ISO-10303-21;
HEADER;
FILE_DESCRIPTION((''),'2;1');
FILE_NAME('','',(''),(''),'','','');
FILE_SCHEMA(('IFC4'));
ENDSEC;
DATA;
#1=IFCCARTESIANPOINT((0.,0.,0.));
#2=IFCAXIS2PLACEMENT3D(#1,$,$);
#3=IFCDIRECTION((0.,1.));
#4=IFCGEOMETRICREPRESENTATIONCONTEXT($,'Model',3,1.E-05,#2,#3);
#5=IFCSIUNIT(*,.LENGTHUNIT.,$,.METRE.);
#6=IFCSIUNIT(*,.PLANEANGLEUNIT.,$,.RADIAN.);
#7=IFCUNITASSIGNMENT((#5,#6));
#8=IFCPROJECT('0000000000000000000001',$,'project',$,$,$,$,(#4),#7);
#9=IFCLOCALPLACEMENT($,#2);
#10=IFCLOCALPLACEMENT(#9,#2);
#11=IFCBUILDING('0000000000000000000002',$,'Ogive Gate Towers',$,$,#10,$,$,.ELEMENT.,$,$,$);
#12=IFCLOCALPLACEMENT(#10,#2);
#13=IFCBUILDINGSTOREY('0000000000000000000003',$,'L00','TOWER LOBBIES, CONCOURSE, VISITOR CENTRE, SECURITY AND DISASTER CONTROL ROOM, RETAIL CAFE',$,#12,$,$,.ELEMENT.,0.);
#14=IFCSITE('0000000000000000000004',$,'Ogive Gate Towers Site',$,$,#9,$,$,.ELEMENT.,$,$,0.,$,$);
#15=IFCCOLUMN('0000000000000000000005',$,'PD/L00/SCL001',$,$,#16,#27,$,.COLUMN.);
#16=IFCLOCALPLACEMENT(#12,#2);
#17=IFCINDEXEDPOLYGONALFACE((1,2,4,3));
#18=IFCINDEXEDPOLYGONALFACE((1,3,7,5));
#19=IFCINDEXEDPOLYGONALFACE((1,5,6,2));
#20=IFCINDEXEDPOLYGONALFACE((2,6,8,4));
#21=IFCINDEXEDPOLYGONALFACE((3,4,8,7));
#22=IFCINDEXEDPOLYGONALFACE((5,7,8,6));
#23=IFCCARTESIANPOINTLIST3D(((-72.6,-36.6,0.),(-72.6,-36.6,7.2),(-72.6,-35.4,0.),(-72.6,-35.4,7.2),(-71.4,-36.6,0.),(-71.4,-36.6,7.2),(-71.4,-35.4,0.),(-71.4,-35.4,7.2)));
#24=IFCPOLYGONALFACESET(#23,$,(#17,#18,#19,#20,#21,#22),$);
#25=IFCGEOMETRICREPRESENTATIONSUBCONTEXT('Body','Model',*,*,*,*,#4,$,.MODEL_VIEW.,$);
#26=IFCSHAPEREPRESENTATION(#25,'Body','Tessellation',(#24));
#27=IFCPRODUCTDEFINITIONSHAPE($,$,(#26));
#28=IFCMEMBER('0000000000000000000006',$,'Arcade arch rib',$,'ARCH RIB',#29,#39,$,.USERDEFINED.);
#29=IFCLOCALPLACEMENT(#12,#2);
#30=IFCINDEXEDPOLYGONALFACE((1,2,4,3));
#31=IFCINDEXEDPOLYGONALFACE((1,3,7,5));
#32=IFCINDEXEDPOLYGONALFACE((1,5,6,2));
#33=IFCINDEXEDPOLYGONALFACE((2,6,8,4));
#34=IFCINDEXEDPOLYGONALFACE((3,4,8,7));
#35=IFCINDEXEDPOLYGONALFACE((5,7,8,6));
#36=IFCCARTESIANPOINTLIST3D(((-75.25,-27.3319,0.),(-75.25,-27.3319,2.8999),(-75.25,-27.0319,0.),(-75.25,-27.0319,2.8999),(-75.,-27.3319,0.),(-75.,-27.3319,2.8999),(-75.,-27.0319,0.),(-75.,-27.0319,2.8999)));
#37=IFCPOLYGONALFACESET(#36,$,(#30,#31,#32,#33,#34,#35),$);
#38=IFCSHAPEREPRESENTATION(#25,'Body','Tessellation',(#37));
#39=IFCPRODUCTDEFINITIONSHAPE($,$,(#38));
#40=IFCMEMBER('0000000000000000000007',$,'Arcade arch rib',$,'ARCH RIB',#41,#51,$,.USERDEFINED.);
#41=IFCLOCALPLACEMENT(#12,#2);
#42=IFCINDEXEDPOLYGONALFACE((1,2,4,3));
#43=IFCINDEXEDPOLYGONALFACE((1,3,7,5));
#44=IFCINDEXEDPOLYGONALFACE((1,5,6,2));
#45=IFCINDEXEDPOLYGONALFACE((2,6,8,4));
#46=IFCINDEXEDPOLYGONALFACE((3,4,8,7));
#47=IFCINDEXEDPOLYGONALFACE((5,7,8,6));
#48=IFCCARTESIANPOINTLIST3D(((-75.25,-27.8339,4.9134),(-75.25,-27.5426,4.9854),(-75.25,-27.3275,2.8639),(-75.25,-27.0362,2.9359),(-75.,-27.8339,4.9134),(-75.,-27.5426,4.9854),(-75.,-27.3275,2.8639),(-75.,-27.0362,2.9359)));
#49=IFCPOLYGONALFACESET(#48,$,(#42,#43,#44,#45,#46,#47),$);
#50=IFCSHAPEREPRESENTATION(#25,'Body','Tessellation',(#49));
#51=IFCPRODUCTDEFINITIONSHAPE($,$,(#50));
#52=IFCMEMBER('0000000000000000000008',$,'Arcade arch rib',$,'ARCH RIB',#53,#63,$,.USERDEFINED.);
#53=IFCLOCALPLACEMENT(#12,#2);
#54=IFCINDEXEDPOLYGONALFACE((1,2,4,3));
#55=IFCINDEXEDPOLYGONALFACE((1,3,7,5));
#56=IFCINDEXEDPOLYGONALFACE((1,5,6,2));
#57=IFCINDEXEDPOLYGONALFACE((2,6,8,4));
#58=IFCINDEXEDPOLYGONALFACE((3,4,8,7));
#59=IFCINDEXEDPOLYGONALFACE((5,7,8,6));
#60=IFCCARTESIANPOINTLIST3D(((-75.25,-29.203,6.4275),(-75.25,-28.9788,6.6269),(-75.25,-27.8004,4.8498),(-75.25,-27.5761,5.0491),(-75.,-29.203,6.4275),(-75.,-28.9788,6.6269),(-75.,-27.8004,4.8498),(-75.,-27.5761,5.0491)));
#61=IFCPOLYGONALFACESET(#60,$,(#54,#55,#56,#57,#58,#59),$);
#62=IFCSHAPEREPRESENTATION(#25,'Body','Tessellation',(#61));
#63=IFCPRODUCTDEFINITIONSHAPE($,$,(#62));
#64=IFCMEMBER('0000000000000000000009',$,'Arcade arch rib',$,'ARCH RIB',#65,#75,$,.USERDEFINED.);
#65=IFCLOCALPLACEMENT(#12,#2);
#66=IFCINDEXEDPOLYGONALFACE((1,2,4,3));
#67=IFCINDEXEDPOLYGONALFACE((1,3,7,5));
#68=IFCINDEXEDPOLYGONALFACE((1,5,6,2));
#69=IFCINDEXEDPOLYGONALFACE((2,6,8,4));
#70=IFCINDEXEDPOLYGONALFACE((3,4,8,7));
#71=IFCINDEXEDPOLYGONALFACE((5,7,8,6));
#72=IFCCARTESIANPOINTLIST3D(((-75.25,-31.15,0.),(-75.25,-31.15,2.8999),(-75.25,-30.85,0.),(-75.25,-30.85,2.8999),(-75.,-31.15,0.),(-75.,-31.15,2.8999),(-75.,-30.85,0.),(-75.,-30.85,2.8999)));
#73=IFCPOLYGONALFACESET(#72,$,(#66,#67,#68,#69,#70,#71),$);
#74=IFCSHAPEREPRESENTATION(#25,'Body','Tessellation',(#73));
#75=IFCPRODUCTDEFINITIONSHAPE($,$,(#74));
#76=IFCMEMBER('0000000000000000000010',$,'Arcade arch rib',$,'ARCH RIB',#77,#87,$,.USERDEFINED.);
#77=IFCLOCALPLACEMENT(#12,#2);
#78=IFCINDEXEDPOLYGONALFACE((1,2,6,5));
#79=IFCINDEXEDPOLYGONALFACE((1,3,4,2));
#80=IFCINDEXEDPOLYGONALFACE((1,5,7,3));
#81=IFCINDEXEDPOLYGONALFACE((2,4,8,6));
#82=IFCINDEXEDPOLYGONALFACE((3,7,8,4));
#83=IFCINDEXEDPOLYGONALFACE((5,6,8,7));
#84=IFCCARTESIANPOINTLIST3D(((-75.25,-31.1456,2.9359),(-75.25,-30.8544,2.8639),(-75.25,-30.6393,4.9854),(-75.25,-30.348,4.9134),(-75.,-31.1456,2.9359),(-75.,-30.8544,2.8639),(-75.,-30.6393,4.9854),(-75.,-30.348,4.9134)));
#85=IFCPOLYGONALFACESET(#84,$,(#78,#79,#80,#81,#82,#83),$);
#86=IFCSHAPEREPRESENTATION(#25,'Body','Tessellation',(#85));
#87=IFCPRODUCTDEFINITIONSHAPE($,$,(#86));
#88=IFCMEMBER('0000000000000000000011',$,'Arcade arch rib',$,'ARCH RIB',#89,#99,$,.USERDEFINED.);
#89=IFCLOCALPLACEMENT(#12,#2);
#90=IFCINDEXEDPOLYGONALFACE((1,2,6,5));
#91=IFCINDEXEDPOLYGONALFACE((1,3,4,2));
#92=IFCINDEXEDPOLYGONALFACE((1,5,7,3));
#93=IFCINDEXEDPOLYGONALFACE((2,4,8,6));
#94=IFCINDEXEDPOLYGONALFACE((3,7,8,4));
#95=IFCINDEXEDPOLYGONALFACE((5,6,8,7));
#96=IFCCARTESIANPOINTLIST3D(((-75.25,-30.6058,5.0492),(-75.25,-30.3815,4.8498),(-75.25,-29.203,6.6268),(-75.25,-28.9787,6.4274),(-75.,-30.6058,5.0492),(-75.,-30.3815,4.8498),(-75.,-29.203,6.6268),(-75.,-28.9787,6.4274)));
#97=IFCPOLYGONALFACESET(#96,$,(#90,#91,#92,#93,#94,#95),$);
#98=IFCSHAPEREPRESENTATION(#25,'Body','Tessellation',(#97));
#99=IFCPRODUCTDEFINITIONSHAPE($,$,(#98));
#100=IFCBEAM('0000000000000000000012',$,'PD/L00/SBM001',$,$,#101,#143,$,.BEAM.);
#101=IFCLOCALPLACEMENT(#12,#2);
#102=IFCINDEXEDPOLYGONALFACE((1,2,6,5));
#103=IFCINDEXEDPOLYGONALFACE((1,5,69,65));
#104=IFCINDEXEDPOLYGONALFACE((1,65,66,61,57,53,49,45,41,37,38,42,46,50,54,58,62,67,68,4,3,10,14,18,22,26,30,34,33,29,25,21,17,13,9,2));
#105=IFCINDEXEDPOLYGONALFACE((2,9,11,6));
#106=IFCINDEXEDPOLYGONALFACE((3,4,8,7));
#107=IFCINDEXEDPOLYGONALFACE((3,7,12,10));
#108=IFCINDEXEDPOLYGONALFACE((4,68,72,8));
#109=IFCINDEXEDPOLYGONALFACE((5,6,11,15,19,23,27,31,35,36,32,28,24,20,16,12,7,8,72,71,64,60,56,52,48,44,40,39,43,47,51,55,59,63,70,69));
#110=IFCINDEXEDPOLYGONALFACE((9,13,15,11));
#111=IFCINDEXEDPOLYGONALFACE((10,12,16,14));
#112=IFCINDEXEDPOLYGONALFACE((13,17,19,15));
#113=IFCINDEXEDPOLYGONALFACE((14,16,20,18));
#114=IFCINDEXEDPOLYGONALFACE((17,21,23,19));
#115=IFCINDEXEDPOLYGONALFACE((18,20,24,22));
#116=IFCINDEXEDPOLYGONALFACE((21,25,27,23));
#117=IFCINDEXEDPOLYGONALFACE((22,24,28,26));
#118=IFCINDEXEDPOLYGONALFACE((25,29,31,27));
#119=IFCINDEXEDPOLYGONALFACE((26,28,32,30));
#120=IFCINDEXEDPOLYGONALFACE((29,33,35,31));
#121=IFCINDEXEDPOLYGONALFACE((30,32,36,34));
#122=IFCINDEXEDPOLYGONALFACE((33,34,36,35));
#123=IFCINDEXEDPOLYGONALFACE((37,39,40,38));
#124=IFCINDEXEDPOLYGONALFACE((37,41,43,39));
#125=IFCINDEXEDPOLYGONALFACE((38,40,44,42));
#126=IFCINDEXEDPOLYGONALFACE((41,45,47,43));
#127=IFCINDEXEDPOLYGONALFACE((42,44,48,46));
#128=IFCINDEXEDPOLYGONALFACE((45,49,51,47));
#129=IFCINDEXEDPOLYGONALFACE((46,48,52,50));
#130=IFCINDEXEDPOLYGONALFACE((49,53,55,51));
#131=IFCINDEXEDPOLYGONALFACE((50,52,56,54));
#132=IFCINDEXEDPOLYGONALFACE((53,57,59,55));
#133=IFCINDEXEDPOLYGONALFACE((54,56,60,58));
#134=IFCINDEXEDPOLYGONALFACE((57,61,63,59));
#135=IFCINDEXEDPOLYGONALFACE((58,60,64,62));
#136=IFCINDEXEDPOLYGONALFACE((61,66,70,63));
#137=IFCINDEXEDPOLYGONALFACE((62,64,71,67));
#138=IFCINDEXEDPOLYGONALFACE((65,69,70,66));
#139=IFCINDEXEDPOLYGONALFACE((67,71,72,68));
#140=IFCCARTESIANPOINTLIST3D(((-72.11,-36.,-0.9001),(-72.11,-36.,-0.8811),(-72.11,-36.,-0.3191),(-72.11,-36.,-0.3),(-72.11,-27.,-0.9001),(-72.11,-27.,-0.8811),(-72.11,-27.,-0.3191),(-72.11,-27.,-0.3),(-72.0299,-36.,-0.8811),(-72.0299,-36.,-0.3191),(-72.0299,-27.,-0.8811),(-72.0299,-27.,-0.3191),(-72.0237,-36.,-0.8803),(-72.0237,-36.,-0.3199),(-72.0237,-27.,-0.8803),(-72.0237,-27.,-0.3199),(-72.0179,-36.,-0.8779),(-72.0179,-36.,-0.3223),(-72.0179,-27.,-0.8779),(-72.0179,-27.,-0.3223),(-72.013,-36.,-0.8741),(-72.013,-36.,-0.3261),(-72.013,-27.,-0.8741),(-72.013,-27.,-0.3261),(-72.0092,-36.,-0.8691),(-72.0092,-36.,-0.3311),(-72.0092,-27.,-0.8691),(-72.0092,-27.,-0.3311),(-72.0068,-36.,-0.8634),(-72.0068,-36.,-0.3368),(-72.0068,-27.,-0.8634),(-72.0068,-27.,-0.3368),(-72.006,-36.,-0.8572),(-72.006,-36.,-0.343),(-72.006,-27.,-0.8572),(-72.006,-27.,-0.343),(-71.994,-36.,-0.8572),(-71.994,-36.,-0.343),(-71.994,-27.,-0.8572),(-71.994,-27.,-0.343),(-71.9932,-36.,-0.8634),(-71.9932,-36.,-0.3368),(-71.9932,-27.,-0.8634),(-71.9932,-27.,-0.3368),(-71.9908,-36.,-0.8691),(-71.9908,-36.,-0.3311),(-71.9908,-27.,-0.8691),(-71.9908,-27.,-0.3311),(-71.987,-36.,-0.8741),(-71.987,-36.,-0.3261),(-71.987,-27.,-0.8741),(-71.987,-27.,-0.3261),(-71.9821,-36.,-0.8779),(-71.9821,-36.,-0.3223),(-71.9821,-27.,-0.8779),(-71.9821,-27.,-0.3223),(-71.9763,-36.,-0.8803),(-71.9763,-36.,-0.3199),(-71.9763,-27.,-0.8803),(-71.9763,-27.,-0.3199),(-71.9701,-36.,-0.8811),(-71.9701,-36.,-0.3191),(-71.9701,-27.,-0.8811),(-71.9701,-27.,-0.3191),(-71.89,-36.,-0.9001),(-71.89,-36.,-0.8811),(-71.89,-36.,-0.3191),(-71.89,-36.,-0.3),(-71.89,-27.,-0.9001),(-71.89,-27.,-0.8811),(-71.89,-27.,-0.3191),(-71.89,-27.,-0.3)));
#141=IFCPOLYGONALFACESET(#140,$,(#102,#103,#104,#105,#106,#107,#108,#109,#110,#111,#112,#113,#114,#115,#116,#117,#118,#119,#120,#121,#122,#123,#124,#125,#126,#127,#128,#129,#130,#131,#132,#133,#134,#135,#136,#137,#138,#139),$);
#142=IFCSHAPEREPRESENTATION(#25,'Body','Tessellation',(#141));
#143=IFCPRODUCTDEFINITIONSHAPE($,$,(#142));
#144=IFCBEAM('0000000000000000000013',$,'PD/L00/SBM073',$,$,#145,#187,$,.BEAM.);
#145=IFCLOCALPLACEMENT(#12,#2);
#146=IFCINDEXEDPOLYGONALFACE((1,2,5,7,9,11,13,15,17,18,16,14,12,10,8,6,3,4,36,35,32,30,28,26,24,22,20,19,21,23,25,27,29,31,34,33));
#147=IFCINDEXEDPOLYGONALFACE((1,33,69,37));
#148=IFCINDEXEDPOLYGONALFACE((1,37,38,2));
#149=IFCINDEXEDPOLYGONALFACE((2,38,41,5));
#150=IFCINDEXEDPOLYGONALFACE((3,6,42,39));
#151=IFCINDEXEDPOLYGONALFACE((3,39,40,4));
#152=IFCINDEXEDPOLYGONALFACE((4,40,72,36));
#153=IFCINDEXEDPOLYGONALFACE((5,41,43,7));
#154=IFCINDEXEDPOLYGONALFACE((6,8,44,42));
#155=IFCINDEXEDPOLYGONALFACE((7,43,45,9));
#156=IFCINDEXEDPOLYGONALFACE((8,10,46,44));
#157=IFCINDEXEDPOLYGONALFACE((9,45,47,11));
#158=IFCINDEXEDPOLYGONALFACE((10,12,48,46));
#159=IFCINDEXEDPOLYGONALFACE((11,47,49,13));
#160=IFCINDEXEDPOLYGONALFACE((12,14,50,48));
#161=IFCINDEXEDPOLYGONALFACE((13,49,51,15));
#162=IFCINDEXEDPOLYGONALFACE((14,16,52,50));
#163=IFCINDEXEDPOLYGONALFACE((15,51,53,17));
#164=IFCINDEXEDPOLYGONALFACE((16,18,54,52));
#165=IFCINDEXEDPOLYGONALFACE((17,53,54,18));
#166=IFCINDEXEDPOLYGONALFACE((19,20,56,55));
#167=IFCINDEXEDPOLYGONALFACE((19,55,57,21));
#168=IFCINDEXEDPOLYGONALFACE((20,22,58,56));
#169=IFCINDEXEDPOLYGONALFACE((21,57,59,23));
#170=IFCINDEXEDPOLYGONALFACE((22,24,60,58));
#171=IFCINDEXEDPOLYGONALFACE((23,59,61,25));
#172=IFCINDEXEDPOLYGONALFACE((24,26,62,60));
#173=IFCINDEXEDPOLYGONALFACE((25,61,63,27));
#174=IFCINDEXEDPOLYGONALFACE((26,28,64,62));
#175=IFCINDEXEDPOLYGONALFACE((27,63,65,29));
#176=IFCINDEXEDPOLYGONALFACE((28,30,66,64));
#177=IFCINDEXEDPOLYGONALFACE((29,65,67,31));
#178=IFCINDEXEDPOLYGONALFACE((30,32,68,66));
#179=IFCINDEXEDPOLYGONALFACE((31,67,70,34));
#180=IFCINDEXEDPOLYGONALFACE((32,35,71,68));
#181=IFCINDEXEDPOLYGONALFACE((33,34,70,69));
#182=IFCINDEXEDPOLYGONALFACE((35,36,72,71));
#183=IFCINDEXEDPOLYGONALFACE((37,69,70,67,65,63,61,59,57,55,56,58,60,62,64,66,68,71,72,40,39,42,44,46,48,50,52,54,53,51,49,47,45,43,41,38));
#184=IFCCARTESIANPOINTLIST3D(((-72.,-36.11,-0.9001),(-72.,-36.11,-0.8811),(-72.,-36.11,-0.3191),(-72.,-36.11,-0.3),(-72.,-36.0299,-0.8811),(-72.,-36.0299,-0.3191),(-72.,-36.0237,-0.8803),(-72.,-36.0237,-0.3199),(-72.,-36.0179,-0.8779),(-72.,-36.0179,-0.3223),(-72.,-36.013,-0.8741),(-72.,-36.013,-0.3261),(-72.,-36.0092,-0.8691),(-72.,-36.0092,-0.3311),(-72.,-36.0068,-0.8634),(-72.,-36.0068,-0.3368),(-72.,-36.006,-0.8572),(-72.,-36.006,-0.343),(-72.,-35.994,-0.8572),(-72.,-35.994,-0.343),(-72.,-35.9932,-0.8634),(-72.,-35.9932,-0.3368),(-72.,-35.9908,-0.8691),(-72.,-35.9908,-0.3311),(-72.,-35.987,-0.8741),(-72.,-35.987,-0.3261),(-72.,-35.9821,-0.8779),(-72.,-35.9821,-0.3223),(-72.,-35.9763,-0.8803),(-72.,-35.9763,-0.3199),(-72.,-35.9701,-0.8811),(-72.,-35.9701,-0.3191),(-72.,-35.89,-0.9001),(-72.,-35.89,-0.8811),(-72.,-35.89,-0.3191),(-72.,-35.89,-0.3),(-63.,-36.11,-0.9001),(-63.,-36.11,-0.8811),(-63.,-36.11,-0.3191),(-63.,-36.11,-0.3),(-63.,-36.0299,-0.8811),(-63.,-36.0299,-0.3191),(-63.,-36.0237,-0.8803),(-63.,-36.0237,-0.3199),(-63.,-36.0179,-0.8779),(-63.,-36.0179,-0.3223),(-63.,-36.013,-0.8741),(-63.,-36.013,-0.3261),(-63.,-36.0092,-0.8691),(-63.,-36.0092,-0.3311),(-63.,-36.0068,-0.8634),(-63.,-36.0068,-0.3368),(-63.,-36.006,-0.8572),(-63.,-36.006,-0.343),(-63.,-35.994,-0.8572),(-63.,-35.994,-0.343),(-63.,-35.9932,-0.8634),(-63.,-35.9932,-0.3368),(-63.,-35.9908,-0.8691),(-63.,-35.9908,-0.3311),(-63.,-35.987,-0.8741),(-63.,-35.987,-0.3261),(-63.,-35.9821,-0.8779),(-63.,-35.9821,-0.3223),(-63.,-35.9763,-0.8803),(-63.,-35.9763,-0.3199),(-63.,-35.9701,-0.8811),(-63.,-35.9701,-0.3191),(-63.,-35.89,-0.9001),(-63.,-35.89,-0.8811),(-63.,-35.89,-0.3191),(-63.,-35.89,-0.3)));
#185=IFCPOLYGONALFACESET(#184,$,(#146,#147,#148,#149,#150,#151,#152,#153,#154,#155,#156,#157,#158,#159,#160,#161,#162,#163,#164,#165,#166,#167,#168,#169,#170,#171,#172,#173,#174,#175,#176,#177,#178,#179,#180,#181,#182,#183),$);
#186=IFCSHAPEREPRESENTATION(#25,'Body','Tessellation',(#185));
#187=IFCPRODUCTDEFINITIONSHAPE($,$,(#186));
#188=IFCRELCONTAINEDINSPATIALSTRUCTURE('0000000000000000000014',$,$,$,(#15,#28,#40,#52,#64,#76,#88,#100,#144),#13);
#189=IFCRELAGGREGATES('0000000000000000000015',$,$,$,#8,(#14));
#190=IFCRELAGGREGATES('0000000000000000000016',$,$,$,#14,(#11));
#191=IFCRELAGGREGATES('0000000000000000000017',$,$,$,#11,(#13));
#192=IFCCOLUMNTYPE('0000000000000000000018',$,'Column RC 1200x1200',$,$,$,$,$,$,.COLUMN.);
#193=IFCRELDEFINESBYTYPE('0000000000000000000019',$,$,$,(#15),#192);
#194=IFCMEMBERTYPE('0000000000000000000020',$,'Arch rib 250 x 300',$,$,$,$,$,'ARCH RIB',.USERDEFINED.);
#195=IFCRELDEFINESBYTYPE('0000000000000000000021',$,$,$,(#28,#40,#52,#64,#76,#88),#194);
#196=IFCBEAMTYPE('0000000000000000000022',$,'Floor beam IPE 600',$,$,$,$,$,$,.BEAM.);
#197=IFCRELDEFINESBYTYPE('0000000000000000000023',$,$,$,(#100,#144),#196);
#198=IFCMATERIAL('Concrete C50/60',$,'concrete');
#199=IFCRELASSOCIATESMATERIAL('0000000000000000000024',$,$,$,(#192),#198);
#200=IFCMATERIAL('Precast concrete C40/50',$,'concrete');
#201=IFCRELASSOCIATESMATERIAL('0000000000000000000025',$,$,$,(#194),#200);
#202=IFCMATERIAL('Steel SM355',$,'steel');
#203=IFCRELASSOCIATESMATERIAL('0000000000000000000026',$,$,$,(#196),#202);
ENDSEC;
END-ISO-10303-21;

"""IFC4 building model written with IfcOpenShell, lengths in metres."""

from ifc_helpers import new_model, si_unit, direction, frame, origin, origin_2d, place, context, subcontext, project, spatial, rectangle, i_section, extrude, material, material_profile, profile_set, type_object, element, save


model = new_model("IFC4")

# Units and contexts
model_context = context("Model", 3, precision=1e-05, world=origin(), true_north=direction((0.0, 1.0)))
body_context = subcontext(model_context, "Body", "Model", "MODEL_VIEW")
ifc_project = project(units=[si_unit("LENGTHUNIT", "METRE"), si_unit("PLANEANGLEUNIT", "RADIAN")], contexts=[model_context])

# Site, building, storey
site_placement = place(None, origin())
site = spatial("IfcSite", under=ifc_project, at=site_placement, Name="Ogive Gate Towers Site", CompositionType="ELEMENT", RefElevation=0.0)
building_placement = place(site_placement, origin())
building = spatial("IfcBuilding", under=site, at=building_placement, Name="Ogive Gate Towers", CompositionType="ELEMENT")
storey_placement = place(building_placement, origin())
storey = spatial("IfcBuildingStorey", under=building, at=storey_placement, Name="L00", Description="TOWER LOBBIES, CONCOURSE, VISITOR CENTRE, SECURITY AND DISASTER CONTROL ROOM, RETAIL CAFE", CompositionType="ELEMENT", Elevation=0.0)

# Column
ifc_material_1 = material(Name="Concrete C50/60", Category="concrete")
ifc_material_profile_1 = material_profile(ifc_material_1, rectangle(XDim=1.2, YDim=1.2, at=origin_2d()), Name="RC 1200x1200")
ifc_profile_set_1 = profile_set([ifc_material_profile_1], Name="Concrete C50/60")
column_type = type_object("IfcColumnType", Name="Column RC 1200x1200", PredefinedType="COLUMN", material=ifc_profile_set_1)
column_placement = place(storey_placement, frame((-72.0, -36.0, 0.0), z_axis=(0.0, 0.0, 1.0), x_axis=(1.0, 0.0, 0.0)))
element("IfcColumn", 1, at=column_placement, inside=storey, type_object=column_type, Name="PD/L00/SCL001", PredefinedType="COLUMN", context=body_context, shape_type="SweptSolid", body=[
    extrude(rectangle(XDim=1.2, YDim=1.2, at=origin_2d()), origin(), (0.0, 0.0, 1.0), 7.2),
])

# Members
ifc_material_2 = material(Name="Precast concrete C40/50", Category="concrete")
ifc_material_profile_2 = material_profile(ifc_material_2, rectangle(XDim=0.25, YDim=0.3, at=origin_2d()), Name="250 x 300 cast stone")
ifc_profile_set_2 = profile_set([ifc_material_profile_2], Name="Precast concrete C40/50")
member_type_1 = type_object("IfcMemberType", Name="Arch rib 250 x 300", ElementType="ARCH RIB", PredefinedType="USERDEFINED", material=ifc_profile_set_2)
member_1_placement = place(storey_placement, frame((-75.125, -27.1819, 0.0), z_axis=(0.0, 0.0, 1.0), x_axis=(1.0, 0.0, 0.0)))
element("IfcMember", 2, at=member_1_placement, inside=storey, type_object=member_type_1, Name="Arcade arch rib", ObjectType="ARCH RIB", PredefinedType="USERDEFINED", context=body_context, shape_type="SweptSolid", body=[
    extrude(rectangle(XDim=0.25, YDim=0.3, at=origin_2d()), origin(), (0.0, 0.0, 1.0), 2.8999),
])
for number, where, z_axis, x_axis, name in (
    (3, (-75.125, -27.1819, 2.8999), (0.0, -0.239841, 0.970812), (1.0, 0.0, 0.0), "Arcade arch rib"),
    (4, (-75.125, -27.6882, 4.9495), (0.0, -0.664428, 0.747352), (1.0, 0.0, 0.0), "Arcade arch rib"),
):
    element("IfcMember", number, at=place(storey_placement, frame(where, z_axis=z_axis, x_axis=x_axis)), inside=storey, type_object=member_type_1, Name=name, ObjectType="ARCH RIB", PredefinedType="USERDEFINED", context=body_context, shape_type="SweptSolid", body=[
        extrude(rectangle(XDim=0.25, YDim=0.3, at=origin_2d()), origin(), (0.0, 0.0, 1.0), 2.1111),
    ])
member_2_placement = place(storey_placement, frame((-75.125, -31.0, 0.0), z_axis=(0.0, 0.0, 1.0), x_axis=(1.0, 0.0, 0.0)))
element("IfcMember", 5, at=member_2_placement, inside=storey, type_object=member_type_1, Name="Arcade arch rib", ObjectType="ARCH RIB", PredefinedType="USERDEFINED", context=body_context, shape_type="SweptSolid", body=[
    extrude(rectangle(XDim=0.25, YDim=0.3, at=origin_2d()), origin(), (0.0, 0.0, 1.0), 2.8999),
])
for number, where, z_axis, x_axis, name in (
    (6, (-75.125, -31.0, 2.8999), (0.0, 0.239841, 0.970812), (-1.0, 0.0, 0.0), "Arcade arch rib"),
    (7, (-75.125, -30.4937, 4.9495), (0.0, 0.664493, 0.747294), (-1.0, 0.0, 0.0), "Arcade arch rib"),
):
    element("IfcMember", number, at=place(storey_placement, frame(where, z_axis=z_axis, x_axis=x_axis)), inside=storey, type_object=member_type_1, Name=name, ObjectType="ARCH RIB", PredefinedType="USERDEFINED", context=body_context, shape_type="SweptSolid", body=[
        extrude(rectangle(XDim=0.25, YDim=0.3, at=origin_2d()), origin(), (0.0, 0.0, 1.0), 2.1111),
    ])

# Beams
ifc_material_3 = material(Name="Steel SM355", Category="steel")
ifc_material_profile_3 = material_profile(ifc_material_3, i_section(OverallWidth=0.22, OverallDepth=0.6001, WebThickness=0.012, FlangeThickness=0.019, FilletRadius=0.0239, at=origin_2d()), Name="IPE 600")
ifc_profile_set_3 = profile_set([ifc_material_profile_3], Name="Steel SM355")
beam_type = type_object("IfcBeamType", Name="Floor beam IPE 600", PredefinedType="BEAM", material=ifc_profile_set_3)
for number, where, z_axis, x_axis, name in (
    (8, (-72.0, -36.0, -0.6001), (0.0, 1.0, 0.0), (-1.0, 0.0, 0.0), "PD/L00/SBM001"),
    (9, (-72.0, -36.0, -0.6001), (1.0, 0.0, 0.0), (0.0, 1.0, 0.0), "PD/L00/SBM073"),
):
    element("IfcBeam", number, at=place(storey_placement, frame(where, z_axis=z_axis, x_axis=x_axis)), inside=storey, type_object=beam_type, Name=name, PredefinedType="BEAM", context=body_context, shape_type="SweptSolid", body=[
        extrude(i_section(OverallWidth=0.22, OverallDepth=0.6001, WebThickness=0.012, FlangeThickness=0.019, FilletRadius=0.0239, at=origin_2d()), origin(), (0.0, 0.0, 1.0), 9.0),
    ])

save(model, "model.ifc")
